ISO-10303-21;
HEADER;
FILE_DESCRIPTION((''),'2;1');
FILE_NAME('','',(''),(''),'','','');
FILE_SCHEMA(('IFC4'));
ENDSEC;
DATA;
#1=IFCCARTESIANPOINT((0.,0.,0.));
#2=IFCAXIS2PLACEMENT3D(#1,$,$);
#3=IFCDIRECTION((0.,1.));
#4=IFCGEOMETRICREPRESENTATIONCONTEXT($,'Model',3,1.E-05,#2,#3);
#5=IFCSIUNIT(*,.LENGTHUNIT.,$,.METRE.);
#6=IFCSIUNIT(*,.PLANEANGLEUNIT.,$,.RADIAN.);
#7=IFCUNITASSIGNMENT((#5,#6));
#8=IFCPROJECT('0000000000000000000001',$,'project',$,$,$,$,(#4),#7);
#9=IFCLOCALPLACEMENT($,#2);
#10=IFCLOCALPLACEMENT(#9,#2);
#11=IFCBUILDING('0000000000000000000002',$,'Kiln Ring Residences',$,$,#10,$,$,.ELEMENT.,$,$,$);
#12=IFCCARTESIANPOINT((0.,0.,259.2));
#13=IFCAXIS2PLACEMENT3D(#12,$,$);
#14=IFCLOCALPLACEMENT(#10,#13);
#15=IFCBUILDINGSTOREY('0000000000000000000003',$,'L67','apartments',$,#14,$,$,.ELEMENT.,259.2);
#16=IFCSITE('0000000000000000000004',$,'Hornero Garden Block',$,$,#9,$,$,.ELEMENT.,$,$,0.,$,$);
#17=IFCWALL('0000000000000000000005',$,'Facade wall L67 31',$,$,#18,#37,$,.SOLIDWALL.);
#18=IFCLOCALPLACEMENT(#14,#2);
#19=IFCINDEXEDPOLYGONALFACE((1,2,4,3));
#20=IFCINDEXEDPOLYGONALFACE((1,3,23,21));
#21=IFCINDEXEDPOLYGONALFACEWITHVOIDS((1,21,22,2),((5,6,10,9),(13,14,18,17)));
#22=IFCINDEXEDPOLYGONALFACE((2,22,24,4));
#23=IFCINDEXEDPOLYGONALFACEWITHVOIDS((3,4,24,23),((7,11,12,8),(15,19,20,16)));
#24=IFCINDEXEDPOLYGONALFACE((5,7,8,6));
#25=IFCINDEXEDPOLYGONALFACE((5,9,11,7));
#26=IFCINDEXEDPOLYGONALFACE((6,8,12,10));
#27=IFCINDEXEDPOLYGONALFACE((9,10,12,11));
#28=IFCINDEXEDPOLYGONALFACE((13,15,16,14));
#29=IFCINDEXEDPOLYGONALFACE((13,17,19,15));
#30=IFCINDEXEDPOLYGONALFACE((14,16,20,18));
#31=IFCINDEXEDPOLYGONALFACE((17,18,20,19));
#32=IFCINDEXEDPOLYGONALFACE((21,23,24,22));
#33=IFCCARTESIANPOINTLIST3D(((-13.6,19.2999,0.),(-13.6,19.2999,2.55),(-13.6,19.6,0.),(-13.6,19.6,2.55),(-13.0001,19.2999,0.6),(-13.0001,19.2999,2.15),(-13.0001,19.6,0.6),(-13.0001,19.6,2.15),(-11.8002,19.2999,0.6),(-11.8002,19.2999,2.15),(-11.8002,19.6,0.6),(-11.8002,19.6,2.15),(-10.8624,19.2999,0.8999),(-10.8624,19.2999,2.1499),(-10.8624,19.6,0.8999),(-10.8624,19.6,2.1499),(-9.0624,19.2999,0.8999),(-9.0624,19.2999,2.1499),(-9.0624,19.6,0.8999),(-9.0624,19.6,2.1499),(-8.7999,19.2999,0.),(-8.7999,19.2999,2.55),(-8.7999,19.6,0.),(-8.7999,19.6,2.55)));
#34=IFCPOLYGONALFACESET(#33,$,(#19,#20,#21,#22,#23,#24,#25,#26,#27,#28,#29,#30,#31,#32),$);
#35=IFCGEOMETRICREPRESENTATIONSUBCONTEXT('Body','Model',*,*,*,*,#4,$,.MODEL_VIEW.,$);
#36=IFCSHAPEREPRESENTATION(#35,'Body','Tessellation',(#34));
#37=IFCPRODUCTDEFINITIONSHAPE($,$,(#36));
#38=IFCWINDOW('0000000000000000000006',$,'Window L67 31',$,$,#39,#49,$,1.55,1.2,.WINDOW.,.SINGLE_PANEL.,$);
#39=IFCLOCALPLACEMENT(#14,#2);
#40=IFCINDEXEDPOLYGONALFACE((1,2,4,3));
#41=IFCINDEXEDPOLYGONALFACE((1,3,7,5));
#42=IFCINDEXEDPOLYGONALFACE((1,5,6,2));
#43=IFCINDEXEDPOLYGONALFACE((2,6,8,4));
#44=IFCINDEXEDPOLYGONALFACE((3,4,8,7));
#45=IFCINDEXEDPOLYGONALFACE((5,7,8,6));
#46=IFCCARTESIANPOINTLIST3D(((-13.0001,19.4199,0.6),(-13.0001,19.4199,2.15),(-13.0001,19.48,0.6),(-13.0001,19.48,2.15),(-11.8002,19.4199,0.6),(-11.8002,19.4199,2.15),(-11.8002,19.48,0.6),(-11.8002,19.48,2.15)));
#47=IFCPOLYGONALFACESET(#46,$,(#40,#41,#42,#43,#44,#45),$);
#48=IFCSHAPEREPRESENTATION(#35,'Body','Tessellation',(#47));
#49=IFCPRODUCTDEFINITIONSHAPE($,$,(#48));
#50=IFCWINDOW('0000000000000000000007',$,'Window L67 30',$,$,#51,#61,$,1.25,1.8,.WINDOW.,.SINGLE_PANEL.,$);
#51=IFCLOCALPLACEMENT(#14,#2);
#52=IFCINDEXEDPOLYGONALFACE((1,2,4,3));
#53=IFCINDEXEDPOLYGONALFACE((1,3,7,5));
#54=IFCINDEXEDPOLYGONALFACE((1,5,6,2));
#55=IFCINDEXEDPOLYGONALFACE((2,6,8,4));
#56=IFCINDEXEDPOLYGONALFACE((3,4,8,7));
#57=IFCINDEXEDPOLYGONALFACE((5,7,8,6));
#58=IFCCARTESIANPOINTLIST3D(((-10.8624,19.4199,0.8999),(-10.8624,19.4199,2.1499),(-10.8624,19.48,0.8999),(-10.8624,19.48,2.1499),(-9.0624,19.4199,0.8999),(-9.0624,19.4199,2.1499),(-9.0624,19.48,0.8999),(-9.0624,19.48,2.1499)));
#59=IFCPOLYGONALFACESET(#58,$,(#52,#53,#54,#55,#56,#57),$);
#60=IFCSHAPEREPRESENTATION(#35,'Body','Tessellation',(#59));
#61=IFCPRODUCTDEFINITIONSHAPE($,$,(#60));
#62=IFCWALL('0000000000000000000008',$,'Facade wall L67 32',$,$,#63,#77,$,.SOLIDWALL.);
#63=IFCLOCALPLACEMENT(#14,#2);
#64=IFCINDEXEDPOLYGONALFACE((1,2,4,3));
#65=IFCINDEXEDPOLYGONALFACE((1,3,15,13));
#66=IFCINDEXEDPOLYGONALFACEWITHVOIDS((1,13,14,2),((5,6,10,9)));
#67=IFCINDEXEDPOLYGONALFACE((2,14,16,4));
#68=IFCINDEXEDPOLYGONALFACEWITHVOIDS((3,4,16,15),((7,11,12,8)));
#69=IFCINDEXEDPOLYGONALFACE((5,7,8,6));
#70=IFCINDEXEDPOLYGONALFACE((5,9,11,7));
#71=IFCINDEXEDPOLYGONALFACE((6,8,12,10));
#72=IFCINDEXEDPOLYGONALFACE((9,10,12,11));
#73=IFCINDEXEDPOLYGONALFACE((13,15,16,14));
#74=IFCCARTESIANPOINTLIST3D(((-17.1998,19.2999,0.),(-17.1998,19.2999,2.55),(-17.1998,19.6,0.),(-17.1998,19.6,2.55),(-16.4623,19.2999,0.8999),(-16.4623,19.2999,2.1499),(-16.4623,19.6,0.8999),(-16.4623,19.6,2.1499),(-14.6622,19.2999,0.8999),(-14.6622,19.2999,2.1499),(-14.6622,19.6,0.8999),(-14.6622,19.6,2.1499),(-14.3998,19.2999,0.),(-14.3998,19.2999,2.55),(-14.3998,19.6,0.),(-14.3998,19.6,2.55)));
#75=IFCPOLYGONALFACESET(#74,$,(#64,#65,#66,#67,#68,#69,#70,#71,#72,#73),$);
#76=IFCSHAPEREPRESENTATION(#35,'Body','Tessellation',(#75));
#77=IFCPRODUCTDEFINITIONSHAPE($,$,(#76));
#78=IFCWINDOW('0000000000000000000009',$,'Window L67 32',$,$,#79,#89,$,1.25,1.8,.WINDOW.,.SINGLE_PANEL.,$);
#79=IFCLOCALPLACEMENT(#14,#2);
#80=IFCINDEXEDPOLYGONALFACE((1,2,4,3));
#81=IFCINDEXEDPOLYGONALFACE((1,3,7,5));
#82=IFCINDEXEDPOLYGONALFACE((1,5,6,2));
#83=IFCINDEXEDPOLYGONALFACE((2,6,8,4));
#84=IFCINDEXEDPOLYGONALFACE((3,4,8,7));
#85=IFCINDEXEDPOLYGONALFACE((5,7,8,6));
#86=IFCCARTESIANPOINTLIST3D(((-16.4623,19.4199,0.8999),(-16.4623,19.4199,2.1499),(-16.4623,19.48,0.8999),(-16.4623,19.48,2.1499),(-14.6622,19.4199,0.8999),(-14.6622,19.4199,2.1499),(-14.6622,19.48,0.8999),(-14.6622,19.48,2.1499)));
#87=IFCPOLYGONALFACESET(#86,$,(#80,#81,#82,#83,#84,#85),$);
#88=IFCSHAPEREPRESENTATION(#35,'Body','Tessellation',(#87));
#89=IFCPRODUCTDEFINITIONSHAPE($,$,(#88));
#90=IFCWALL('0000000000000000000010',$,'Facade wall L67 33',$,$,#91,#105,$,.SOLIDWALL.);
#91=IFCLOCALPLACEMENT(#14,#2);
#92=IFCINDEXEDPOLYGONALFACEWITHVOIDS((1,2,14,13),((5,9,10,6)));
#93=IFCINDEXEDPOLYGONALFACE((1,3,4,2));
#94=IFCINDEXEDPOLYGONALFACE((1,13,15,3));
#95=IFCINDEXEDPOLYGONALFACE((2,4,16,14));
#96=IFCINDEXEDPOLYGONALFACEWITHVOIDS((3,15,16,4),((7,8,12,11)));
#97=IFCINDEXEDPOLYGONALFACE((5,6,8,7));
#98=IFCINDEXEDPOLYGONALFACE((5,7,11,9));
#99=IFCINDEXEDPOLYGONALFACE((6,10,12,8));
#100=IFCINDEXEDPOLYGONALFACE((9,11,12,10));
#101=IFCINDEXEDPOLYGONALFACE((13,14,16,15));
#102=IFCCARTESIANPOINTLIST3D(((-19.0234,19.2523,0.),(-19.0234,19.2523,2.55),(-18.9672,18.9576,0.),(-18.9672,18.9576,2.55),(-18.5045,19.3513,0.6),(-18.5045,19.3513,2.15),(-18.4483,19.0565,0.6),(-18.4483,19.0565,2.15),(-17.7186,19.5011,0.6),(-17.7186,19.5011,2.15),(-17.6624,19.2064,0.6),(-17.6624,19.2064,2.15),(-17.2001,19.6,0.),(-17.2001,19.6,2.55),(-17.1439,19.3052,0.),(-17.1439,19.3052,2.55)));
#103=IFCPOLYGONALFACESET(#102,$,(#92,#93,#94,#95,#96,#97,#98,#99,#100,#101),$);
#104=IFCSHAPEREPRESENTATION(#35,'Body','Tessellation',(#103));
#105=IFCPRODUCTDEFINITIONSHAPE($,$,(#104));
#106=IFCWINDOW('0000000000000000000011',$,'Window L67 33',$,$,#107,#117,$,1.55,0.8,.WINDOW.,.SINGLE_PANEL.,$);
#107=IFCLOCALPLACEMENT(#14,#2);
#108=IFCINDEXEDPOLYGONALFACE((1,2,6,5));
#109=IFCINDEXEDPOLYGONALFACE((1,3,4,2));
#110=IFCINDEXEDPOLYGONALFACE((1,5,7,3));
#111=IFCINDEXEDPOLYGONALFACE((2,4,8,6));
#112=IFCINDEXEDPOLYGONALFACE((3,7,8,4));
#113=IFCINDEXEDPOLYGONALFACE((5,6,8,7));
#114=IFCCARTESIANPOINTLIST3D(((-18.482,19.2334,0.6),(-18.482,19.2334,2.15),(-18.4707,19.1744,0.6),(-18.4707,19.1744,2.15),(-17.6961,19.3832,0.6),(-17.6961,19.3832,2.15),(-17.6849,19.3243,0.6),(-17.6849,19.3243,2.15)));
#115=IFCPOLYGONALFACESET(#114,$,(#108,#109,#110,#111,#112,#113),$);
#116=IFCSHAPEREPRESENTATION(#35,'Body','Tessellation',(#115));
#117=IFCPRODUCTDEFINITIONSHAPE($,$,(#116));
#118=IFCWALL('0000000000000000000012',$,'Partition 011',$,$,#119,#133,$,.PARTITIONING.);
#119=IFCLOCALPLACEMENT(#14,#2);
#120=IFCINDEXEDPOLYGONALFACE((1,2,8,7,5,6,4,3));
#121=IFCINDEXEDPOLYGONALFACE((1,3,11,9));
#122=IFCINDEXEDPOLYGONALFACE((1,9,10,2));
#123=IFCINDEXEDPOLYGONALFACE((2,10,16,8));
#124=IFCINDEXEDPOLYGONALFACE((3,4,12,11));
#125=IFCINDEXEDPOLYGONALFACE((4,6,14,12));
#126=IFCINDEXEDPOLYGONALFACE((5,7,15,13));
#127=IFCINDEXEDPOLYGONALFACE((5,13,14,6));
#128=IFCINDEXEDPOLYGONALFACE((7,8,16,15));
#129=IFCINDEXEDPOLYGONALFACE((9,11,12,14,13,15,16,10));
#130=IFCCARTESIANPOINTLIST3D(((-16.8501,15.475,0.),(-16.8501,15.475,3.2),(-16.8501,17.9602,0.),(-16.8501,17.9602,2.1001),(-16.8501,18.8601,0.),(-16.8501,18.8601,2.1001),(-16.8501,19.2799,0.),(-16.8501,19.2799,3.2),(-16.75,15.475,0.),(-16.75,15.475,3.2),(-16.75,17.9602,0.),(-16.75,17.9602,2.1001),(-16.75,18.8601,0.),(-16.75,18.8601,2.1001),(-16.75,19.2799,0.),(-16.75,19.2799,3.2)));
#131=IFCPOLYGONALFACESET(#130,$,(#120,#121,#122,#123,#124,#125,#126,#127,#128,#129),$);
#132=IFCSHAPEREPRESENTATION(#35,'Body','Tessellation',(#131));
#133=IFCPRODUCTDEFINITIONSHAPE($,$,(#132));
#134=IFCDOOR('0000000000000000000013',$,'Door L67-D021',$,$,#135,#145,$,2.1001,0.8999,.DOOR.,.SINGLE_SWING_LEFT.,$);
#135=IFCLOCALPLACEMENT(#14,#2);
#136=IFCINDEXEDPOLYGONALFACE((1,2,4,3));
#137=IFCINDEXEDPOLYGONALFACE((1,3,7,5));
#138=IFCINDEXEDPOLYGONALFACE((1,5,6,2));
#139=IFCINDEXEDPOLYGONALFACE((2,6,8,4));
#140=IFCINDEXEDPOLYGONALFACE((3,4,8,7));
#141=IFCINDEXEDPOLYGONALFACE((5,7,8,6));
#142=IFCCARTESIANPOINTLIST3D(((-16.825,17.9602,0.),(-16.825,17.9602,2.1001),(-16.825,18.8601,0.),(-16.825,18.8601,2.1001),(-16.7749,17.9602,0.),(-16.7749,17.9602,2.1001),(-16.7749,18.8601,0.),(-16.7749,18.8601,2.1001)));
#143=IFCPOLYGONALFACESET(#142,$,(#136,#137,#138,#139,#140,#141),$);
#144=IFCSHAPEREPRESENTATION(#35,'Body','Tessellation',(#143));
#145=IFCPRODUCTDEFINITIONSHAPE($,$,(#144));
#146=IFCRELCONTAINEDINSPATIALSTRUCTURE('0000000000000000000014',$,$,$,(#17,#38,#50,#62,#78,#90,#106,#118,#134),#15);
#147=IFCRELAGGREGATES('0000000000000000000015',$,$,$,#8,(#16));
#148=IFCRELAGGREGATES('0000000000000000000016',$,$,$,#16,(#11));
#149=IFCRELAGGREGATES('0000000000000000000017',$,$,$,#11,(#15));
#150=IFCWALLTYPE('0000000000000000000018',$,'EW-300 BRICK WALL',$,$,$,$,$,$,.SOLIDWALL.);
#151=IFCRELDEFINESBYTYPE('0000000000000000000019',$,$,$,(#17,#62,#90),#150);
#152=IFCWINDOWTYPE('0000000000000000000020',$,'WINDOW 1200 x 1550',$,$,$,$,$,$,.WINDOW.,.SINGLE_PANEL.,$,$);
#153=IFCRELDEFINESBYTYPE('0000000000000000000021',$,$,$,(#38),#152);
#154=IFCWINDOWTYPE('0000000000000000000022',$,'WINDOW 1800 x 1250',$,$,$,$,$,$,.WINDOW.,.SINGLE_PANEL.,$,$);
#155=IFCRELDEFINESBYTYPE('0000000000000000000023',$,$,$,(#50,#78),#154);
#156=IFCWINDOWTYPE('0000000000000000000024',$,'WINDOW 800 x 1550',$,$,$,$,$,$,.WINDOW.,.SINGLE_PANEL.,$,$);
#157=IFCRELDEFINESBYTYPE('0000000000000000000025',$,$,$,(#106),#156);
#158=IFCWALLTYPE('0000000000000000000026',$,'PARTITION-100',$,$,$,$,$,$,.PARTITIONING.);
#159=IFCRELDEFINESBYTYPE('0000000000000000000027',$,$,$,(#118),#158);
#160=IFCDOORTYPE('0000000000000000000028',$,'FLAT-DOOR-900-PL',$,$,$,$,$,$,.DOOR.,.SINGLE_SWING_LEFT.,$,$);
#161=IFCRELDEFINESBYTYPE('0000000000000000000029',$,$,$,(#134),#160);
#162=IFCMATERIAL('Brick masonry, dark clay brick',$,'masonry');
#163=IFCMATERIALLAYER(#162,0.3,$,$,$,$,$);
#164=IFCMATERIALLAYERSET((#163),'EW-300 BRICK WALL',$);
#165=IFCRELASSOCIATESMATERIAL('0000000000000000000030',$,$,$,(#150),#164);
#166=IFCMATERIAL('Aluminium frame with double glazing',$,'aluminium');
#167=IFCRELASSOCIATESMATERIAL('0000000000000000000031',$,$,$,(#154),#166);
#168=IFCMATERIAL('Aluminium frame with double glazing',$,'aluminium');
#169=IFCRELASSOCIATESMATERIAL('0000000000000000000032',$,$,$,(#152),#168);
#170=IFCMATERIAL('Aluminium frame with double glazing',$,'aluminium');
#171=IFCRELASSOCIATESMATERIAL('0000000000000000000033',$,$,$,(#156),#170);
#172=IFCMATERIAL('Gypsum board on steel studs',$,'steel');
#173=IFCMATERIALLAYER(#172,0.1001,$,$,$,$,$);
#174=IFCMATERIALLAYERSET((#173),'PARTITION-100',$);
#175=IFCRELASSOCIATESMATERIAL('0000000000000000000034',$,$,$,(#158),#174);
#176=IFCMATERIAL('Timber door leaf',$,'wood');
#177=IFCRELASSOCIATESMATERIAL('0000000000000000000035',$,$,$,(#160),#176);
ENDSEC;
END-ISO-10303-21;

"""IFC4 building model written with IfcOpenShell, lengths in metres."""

from ifc_helpers import new_model, si_unit, direction, frame, frame_2d, origin, place, context, subcontext, project, spatial, rectangle, extrude, material, layer, layer_set, type_object, element, fill, save


model = new_model("IFC4")

# Units and contexts
model_context = context("Model", 3, precision=1e-05, world=origin(), true_north=direction((0.0, 1.0)))
body_context = subcontext(model_context, "Body", "Model", "MODEL_VIEW")
ifc_project = project(units=[si_unit("LENGTHUNIT", "METRE"), si_unit("PLANEANGLEUNIT", "RADIAN")], contexts=[model_context])

# Site, building, storey
site_placement = place(None, origin())
site = spatial("IfcSite", under=ifc_project, at=site_placement, Name="Hornero Garden Block", CompositionType="ELEMENT", RefElevation=0.0)
building_placement = place(site_placement, origin())
building = spatial("IfcBuilding", under=site, at=building_placement, Name="Kiln Ring Residences", CompositionType="ELEMENT")
storey_placement = place(building_placement, frame((0.0, 0.0, 259.2)))
storey = spatial("IfcBuildingStorey", under=building, at=storey_placement, Name="L67", Description="apartments", CompositionType="ELEMENT", Elevation=259.2)

# Wall, openings, windows
ifc_material_1 = material(Name="Brick masonry, dark clay brick", Category="masonry")
ifc_layer_1 = layer(ifc_material_1, 0.3)
ifc_layer_set_1 = layer_set([ifc_layer_1], Name="EW-300 BRICK WALL")
wall_type_1 = type_object("IfcWallType", Name="EW-300 BRICK WALL", PredefinedType="SOLIDWALL", material=ifc_layer_set_1)
ifc_material_2 = material(Name="Aluminium frame with double glazing", Category="aluminium")
window_type_1 = type_object("IfcWindowType", Name="WINDOW 1800 x 1250", PartitioningType="SINGLE_PANEL", PredefinedType="WINDOW", material=ifc_material_2)
wall_1_placement = place(storey_placement, frame((-8.8, 19.45, 0.0), z_axis=(0.0, 0.0, 1.0), x_axis=(-1.0, 0.0, 0.0)))
wall_1 = element("IfcWall", 1, at=wall_1_placement, inside=storey, type_object=wall_type_1, Name="Facade wall L67 31", PredefinedType="SOLIDWALL", context=body_context, shape_type="SweptSolid", body=[
    extrude(rectangle(XDim=4.8, YDim=0.3, at=frame_2d((2.3999, 0.0))), origin(), (0.0, 0.0, 1.0), 2.55),
])
opening_1_placement = place(wall_1_placement, frame((0.2625, 0.0, 0.8999)))
opening_1 = element("IfcOpeningElement", 2, at=opening_1_placement, cuts=wall_1, PredefinedType="OPENING", context=body_context, shape_type="SweptSolid", body=[
    extrude(rectangle(XDim=1.8, YDim=1.25, at=frame_2d((0.8999, 0.625))), frame((0.0, 0.1599, 0.0), z_axis=(0.0, -1.0, 0.0), x_axis=(1.0, 0.0, 0.0)), (0.0, 0.0, 1.0), 0.3201),
])
opening_2_placement = place(wall_1_placement, frame((3.0, 0.0, 0.6001)))
opening_2 = element("IfcOpeningElement", 3, at=opening_2_placement, cuts=wall_1, PredefinedType="OPENING", context=body_context, shape_type="SweptSolid", body=[
    extrude(rectangle(XDim=1.2, YDim=1.55, at=frame_2d((0.6001, 0.7749))), frame((0.0, 0.1599, 0.0), z_axis=(0.0, -1.0, 0.0), x_axis=(1.0, 0.0, 0.0)), (0.0, 0.0, 1.0), 0.3201),
])
ifc_material_3 = material(Name="Aluminium frame with double glazing", Category="aluminium")
window_type_2 = type_object("IfcWindowType", Name="WINDOW 1200 x 1550", PartitioningType="SINGLE_PANEL", PredefinedType="WINDOW", material=ifc_material_3)
window_1_placement = place(opening_2_placement, origin())
window_1 = element("IfcWindow", 4, at=window_1_placement, inside=storey, type_object=window_type_2, Name="Window L67 31", OverallHeight=1.55, OverallWidth=1.2, PartitioningType="SINGLE_PANEL", PredefinedType="WINDOW", context=body_context, shape_type="SweptSolid", body=[
    extrude(rectangle(XDim=1.2, YDim=1.55, at=frame_2d((0.6001, 0.7749))), frame((0.0, 0.03, 0.0), z_axis=(0.0, -1.0, 0.0), x_axis=(1.0, 0.0, 0.0)), (0.0, 0.0, 1.0), 0.0601),
])
fill(opening_2, window_1)
window_2_placement = place(opening_1_placement, origin())
window_2 = element("IfcWindow", 5, at=window_2_placement, inside=storey, type_object=window_type_1, Name="Window L67 30", OverallHeight=1.25, OverallWidth=1.8, PartitioningType="SINGLE_PANEL", PredefinedType="WINDOW", context=body_context, shape_type="SweptSolid", body=[
    extrude(rectangle(XDim=1.8, YDim=1.25, at=frame_2d((0.8999, 0.625))), frame((0.0, 0.03, 0.0), z_axis=(0.0, -1.0, 0.0), x_axis=(1.0, 0.0, 0.0)), (0.0, 0.0, 1.0), 0.0601),
])
fill(opening_1, window_2)

# Walls, openings, windows
wall_2_placement = place(storey_placement, frame((-14.3999, 19.45, 0.0), z_axis=(0.0, 0.0, 1.0), x_axis=(-1.0, 0.0, 0.0)))
wall_2 = element("IfcWall", 6, at=wall_2_placement, inside=storey, type_object=wall_type_1, Name="Facade wall L67 32", PredefinedType="SOLIDWALL", context=body_context, shape_type="SweptSolid", body=[
    extrude(rectangle(XDim=2.8, YDim=0.3, at=frame_2d((1.3999, 0.0))), origin(), (0.0, 0.0, 1.0), 2.55),
])
opening_3_placement = place(wall_2_placement, frame((0.2625, 0.0, 0.8999)))
opening_3 = element("IfcOpeningElement", 7, at=opening_3_placement, cuts=wall_2, PredefinedType="OPENING", context=body_context, shape_type="SweptSolid", body=[
    extrude(rectangle(XDim=1.8, YDim=1.25, at=frame_2d((0.8999, 0.625))), frame((0.0, 0.1599, 0.0), z_axis=(0.0, -1.0, 0.0), x_axis=(1.0, 0.0, 0.0)), (0.0, 0.0, 1.0), 0.3201),
])
window_3_placement = place(opening_3_placement, origin())
window_3 = element("IfcWindow", 8, at=window_3_placement, inside=storey, type_object=window_type_1, Name="Window L67 32", OverallHeight=1.25, OverallWidth=1.8, PartitioningType="SINGLE_PANEL", PredefinedType="WINDOW", context=body_context, shape_type="SweptSolid", body=[
    extrude(rectangle(XDim=1.8, YDim=1.25, at=frame_2d((0.8999, 0.625))), frame((0.0, 0.03, 0.0), z_axis=(0.0, -1.0, 0.0), x_axis=(1.0, 0.0, 0.0)), (0.0, 0.0, 1.0), 0.0601),
])
fill(opening_3, window_3)
wall_3_placement = place(storey_placement, frame((-17.1719, 19.4526, 0.0), z_axis=(0.0, 0.0, 1.0), x_axis=(-0.982302, -0.187306, 0.0)))
wall_3 = element("IfcWall", 9, at=wall_3_placement, inside=storey, type_object=wall_type_1, Name="Facade wall L67 33", PredefinedType="SOLIDWALL", context=body_context, shape_type="SweptSolid", body=[
    extrude(rectangle(XDim=1.8562, YDim=0.3, at=frame_2d((0.9282, 0.0))), origin(), (0.0, 0.0, 1.0), 2.55),
])
opening_4_placement = place(wall_3_placement, frame((0.5281, 0.0, 0.6001)))
opening_4 = element("IfcOpeningElement", 10, at=opening_4_placement, cuts=wall_3, PredefinedType="OPENING", context=body_context, shape_type="SweptSolid", body=[
    extrude(rectangle(XDim=0.8, YDim=1.55, at=frame_2d((0.3999, 0.7749))), frame((0.0, 0.1599, 0.0), z_axis=(0.0, -1.0, 0.0), x_axis=(1.0, 0.0, 0.0)), (0.0, 0.0, 1.0), 0.3201),
])
ifc_material_4 = material(Name="Aluminium frame with double glazing", Category="aluminium")
window_type_3 = type_object("IfcWindowType", Name="WINDOW 800 x 1550", PartitioningType="SINGLE_PANEL", PredefinedType="WINDOW", material=ifc_material_4)
window_4_placement = place(opening_4_placement, origin())
window_4 = element("IfcWindow", 11, at=window_4_placement, inside=storey, type_object=window_type_3, Name="Window L67 33", OverallHeight=1.55, OverallWidth=0.8, PartitioningType="SINGLE_PANEL", PredefinedType="WINDOW", context=body_context, shape_type="SweptSolid", body=[
    extrude(rectangle(XDim=0.8, YDim=1.55, at=frame_2d((0.3999, 0.7749))), frame((0.0, 0.03, 0.0), z_axis=(0.0, -1.0, 0.0), x_axis=(1.0, 0.0, 0.0)), (0.0, 0.0, 1.0), 0.0601),
])
fill(opening_4, window_4)

# Wall, opening, door
ifc_material_5 = material(Name="Gypsum board on steel studs", Category="steel")
ifc_layer_2 = layer(ifc_material_5, 0.1001)
ifc_layer_set_2 = layer_set([ifc_layer_2], Name="PARTITION-100")
wall_type_2 = type_object("IfcWallType", Name="PARTITION-100", PredefinedType="PARTITIONING", material=ifc_layer_set_2)
wall_4_placement = place(storey_placement, frame((-16.8, 15.4751, 0.0), z_axis=(0.0, 0.0, 1.0), x_axis=(0.0, 1.0, 0.0)))
wall_4 = element("IfcWall", 12, at=wall_4_placement, inside=storey, type_object=wall_type_2, Name="Partition 011", PredefinedType="PARTITIONING", context=body_context, shape_type="SweptSolid", body=[
    extrude(rectangle(XDim=3.8049, YDim=0.1001, at=frame_2d((1.9023, 0.0))), origin(), (0.0, 0.0, 1.0), 3.2),
])
opening_5_placement = place(wall_4_placement, frame((2.4851, 0.0, 0.0)))
opening_5 = element("IfcOpeningElement", 13, at=opening_5_placement, cuts=wall_4, PredefinedType="OPENING", context=body_context, shape_type="SweptSolid", body=[
    extrude(rectangle(XDim=0.8999, YDim=2.1001, at=frame_2d((0.45, 1.05))), frame((0.0, 0.0601, 0.0), z_axis=(0.0, -1.0, 0.0), x_axis=(1.0, 0.0, 0.0)), (0.0, 0.0, 1.0), 0.1201),
])
ifc_material_6 = material(Name="Timber door leaf", Category="wood")
door_type_1 = type_object("IfcDoorType", Name="FLAT-DOOR-900-PL", OperationType="SINGLE_SWING_LEFT", PredefinedType="DOOR", material=ifc_material_6)
door_1_placement = place(opening_5_placement, origin())
door_1 = element("IfcDoor", 14, at=door_1_placement, inside=storey, type_object=door_type_1, Name="Door L67-D021", OperationType="SINGLE_SWING_LEFT", OverallHeight=2.1001, OverallWidth=0.8999, PredefinedType="DOOR", context=body_context, shape_type="SweptSolid", body=[
    extrude(rectangle(XDim=0.8999, YDim=2.1001, at=frame_2d((0.45, 1.05))), frame((0.0, 0.0249, 0.0), z_axis=(0.0, -1.0, 0.0), x_axis=(1.0, 0.0, 0.0)), (0.0, 0.0, 1.0), 0.05),
])
fill(opening_5, door_1)

save(model, "model.ifc")
